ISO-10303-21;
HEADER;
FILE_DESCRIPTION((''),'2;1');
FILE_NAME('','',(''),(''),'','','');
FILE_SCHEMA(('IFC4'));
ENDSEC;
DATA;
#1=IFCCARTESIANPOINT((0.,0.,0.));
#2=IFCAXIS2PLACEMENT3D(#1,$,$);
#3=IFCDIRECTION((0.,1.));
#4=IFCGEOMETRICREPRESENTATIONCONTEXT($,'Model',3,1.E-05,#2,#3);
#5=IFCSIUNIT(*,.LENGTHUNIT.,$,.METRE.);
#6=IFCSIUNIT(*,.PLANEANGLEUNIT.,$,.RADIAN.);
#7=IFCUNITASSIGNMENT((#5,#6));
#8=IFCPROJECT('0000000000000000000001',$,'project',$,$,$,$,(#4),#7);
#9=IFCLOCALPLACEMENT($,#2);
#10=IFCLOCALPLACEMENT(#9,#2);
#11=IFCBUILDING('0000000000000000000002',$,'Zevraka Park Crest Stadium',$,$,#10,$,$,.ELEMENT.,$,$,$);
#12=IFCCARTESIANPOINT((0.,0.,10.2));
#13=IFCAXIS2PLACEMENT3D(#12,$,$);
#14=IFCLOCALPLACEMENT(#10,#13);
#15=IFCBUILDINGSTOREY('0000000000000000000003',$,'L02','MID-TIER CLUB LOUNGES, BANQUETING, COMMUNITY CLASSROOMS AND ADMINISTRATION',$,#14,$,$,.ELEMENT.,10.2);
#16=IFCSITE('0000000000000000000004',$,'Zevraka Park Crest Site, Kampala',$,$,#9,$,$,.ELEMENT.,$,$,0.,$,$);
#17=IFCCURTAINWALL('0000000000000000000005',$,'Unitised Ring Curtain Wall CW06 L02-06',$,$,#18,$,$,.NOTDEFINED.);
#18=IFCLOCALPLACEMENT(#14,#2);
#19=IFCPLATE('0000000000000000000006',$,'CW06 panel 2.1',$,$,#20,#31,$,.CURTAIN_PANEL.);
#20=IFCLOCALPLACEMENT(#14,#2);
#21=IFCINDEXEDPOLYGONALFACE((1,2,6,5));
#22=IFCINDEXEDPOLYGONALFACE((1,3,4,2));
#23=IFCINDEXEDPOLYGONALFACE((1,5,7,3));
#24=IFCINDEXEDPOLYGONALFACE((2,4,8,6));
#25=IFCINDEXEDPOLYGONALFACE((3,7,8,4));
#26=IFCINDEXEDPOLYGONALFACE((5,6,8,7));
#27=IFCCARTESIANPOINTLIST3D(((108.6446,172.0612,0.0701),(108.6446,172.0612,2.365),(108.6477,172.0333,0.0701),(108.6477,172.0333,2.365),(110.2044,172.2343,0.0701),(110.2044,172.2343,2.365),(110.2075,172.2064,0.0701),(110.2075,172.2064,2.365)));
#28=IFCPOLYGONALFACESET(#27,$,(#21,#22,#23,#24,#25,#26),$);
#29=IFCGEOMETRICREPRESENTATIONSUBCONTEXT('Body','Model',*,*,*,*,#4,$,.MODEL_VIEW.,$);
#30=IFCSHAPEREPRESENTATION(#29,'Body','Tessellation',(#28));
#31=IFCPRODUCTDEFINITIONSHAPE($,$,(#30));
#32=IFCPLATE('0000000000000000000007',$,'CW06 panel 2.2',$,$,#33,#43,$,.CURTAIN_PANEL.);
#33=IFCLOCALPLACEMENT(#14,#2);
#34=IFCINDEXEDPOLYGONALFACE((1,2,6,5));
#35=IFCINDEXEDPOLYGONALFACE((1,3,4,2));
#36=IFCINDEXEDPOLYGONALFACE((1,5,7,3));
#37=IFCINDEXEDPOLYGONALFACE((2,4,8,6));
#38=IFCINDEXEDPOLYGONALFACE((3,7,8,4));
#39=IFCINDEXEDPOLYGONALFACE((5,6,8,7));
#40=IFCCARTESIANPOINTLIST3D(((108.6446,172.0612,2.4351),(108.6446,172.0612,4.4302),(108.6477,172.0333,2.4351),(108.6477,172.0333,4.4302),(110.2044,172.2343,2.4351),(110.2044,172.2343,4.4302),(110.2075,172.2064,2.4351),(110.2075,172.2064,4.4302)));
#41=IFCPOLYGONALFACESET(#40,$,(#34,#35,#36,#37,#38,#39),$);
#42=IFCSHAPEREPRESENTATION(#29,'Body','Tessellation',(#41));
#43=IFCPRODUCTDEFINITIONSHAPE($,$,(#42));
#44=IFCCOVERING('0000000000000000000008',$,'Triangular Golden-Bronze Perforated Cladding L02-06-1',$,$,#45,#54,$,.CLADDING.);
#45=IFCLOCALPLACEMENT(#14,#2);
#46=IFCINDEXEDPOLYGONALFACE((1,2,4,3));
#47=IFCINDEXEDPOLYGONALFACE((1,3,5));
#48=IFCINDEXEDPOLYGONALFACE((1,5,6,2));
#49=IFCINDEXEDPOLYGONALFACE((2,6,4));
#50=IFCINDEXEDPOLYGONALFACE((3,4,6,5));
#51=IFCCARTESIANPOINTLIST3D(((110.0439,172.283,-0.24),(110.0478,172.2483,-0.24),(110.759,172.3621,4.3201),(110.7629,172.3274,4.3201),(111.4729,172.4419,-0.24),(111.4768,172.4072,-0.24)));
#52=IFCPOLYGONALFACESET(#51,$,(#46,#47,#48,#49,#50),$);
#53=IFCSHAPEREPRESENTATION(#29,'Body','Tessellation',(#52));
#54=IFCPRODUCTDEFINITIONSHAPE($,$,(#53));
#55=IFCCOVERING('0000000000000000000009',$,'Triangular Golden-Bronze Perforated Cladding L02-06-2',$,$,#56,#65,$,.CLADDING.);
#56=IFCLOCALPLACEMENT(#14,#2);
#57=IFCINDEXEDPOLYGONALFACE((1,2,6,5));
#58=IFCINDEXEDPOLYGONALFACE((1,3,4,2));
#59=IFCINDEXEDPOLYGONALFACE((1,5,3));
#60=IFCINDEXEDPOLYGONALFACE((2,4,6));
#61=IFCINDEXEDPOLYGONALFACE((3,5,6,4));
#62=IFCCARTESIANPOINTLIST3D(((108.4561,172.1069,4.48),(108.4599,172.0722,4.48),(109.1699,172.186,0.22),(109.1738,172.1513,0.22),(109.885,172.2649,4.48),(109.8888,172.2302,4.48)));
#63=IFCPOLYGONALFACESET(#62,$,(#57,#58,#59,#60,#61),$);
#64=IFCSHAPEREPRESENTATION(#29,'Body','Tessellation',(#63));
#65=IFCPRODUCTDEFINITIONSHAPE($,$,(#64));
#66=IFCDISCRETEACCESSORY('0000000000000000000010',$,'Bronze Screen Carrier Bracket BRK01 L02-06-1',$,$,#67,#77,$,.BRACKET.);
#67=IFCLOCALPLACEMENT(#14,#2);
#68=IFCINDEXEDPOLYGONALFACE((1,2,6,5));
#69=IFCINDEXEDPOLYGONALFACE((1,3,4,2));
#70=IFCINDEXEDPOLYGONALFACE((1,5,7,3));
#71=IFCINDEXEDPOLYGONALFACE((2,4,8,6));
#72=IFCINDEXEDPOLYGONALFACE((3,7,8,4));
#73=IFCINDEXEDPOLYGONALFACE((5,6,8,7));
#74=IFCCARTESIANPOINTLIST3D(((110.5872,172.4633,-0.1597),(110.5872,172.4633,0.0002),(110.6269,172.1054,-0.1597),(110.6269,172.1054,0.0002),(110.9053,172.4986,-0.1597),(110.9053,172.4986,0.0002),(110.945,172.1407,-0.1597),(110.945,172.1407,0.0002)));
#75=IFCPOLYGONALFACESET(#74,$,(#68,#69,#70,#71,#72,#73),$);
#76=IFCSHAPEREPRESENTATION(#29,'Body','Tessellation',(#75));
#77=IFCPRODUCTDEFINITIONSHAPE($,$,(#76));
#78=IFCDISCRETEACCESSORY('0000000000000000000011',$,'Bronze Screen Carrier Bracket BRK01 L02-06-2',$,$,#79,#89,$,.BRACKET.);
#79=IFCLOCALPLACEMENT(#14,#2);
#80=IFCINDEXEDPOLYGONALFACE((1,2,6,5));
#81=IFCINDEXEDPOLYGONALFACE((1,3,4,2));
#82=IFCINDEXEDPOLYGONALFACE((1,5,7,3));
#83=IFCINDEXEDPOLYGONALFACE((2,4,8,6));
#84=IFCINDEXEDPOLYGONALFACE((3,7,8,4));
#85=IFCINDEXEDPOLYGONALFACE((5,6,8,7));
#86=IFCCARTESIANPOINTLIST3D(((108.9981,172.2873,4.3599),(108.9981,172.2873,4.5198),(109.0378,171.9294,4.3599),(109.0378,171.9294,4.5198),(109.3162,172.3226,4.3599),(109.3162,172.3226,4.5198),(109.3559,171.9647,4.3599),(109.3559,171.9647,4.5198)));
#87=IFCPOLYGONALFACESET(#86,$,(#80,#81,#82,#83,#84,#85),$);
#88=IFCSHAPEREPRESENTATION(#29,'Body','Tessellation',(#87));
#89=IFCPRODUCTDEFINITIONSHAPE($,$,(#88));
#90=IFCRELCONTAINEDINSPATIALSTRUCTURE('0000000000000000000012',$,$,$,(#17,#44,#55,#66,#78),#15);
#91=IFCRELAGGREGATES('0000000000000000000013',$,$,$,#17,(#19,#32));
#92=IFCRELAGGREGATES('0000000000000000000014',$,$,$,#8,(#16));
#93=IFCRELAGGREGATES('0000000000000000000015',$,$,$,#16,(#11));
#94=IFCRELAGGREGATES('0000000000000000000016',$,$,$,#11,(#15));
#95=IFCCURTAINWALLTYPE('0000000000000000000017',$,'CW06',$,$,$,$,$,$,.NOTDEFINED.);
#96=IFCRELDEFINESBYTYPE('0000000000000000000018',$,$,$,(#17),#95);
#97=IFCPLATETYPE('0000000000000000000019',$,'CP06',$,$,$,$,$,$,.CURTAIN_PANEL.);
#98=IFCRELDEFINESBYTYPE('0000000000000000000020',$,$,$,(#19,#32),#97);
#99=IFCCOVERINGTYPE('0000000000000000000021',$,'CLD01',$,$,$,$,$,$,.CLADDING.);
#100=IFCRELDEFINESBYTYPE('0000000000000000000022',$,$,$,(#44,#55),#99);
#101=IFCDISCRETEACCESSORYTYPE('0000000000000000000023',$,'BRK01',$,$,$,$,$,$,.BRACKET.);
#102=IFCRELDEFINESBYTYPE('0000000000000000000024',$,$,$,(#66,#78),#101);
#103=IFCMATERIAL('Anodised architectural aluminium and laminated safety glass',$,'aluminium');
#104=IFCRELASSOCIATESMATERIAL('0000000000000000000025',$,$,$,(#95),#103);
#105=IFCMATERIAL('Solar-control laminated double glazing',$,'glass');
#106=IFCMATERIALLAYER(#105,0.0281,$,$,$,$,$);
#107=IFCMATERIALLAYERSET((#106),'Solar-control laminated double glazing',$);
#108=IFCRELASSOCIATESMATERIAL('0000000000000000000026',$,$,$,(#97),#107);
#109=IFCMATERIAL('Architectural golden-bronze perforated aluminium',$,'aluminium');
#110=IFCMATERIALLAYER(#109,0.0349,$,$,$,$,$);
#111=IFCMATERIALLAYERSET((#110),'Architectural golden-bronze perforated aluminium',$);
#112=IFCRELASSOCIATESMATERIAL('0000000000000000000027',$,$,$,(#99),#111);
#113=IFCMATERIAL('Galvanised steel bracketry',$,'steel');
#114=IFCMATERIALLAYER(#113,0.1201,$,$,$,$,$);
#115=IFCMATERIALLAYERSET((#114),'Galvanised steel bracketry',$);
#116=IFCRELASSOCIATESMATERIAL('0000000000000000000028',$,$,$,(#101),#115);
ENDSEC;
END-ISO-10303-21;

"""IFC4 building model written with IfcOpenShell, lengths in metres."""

from ifc_helpers import new_model, si_unit, direction, frame, origin, origin_2d, place, context, subcontext, project, spatial, polyline, rectangle, outline, extrude, material, layer, layer_set, type_object, element, aggregate, save


model = new_model("IFC4")

# Units and contexts
model_context = context("Model", 3, precision=1e-05, world=origin(), true_north=direction((0.0, 1.0)))
body_context = subcontext(model_context, "Body", "Model", "MODEL_VIEW")
ifc_project = project(units=[si_unit("LENGTHUNIT", "METRE"), si_unit("PLANEANGLEUNIT", "RADIAN")], contexts=[model_context])

# Site, building, storey
site_placement = place(None, origin())
site = spatial("IfcSite", under=ifc_project, at=site_placement, Name="Zevraka Park Crest Site, Kampala", CompositionType="ELEMENT", RefElevation=0.0)
building_placement = place(site_placement, origin())
building = spatial("IfcBuilding", under=site, at=building_placement, Name="Zevraka Park Crest Stadium", CompositionType="ELEMENT")
storey_placement = place(building_placement, frame((0.0, 0.0, 10.2)))
storey = spatial("IfcBuildingStorey", under=building, at=storey_placement, Name="L02", Description="MID-TIER CLUB LOUNGES, BANQUETING, COMMUNITY CLASSROOMS AND ADMINISTRATION", CompositionType="ELEMENT", Elevation=10.2)

# Curtain wall, plates
ifc_material_1 = material(Name="Anodised architectural aluminium and laminated safety glass", Category="aluminium")
curtain_wall_type = type_object("IfcCurtainWallType", Name="CW06", PredefinedType="NOTDEFINED", material=ifc_material_1)
curtain_wall_placement = place(storey_placement, origin())
curtain_wall = element("IfcCurtainWall", 1, at=curtain_wall_placement, inside=storey, type_object=curtain_wall_type, Name="Unitised Ring Curtain Wall CW06 L02-06", PredefinedType="NOTDEFINED")
ifc_material_2 = material(Name="Solar-control laminated double glazing", Category="glass")
ifc_layer_1 = layer(ifc_material_2, 0.0281)
ifc_layer_set_1 = layer_set([ifc_layer_1], Name="Solar-control laminated double glazing")
plate_type = type_object("IfcPlateType", Name="CP06", PredefinedType="CURTAIN_PANEL", material=ifc_layer_set_1)
plate_1_placement = place(storey_placement, frame((109.426, 172.1338, 0.0701), z_axis=(0.0, 0.0, 1.0), x_axis=(-0.993899, -0.110293, 0.0)))
plate_1 = element("IfcPlate", 2, at=plate_1_placement, type_object=plate_type, Name="CW06 panel 2.1", PredefinedType="CURTAIN_PANEL", context=body_context, shape_type="SweptSolid", body=[
    extrude(rectangle(XDim=1.5693, YDim=0.0281, at=origin_2d()), origin(), (0.0, 0.0, 1.0), 2.2949),
])
plate_2_placement = place(storey_placement, frame((109.426, 172.1338, 2.4351), z_axis=(0.0, 0.0, 1.0), x_axis=(-0.993899, -0.110293, 0.0)))
plate_2 = element("IfcPlate", 3, at=plate_2_placement, type_object=plate_type, Name="CW06 panel 2.2", PredefinedType="CURTAIN_PANEL", context=body_context, shape_type="SweptSolid", body=[
    extrude(rectangle(XDim=1.5693, YDim=0.0281, at=origin_2d()), origin(), (0.0, 0.0, 1.0), 1.9951),
])
aggregate(curtain_wall, [plate_1, plate_2])

# Coverings
ifc_material_3 = material(Name="Architectural golden-bronze perforated aluminium", Category="aluminium")
ifc_layer_2 = layer(ifc_material_3, 0.0349)
ifc_layer_set_2 = layer_set([ifc_layer_2], Name="Architectural golden-bronze perforated aluminium")
covering_type = type_object("IfcCoveringType", Name="CLD01", PredefinedType="CLADDING", material=ifc_layer_set_2)
covering_1_placement = place(storey_placement, frame((111.4729, 172.4419, -0.24), z_axis=(-0.110543, 0.993871, 0.000095), x_axis=(-0.993871, -0.110543, 0.0)))
element("IfcCovering", 4, at=covering_1_placement, inside=storey, type_object=covering_type, Name="Triangular Golden-Bronze Perforated Cladding L02-06-1", PredefinedType="CLADDING", context=body_context, shape_type="SweptSolid", body=[
    extrude(outline(polyline([(0.0, 0.0), (1.4378, 0.0), (0.7183, 4.5601), (0.0, 0.0)])), origin(), (0.0, 0.0, -1.0), 0.0349),
])
covering_2_placement = place(storey_placement, frame((108.4561, 172.1069, 4.48), z_axis=(-0.109872, 0.993946, 0.000044), x_axis=(0.993946, 0.109872, 0.0)))
element("IfcCovering", 5, at=covering_2_placement, inside=storey, type_object=covering_type, Name="Triangular Golden-Bronze Perforated Cladding L02-06-2", PredefinedType="CLADDING", context=body_context, shape_type="SweptSolid", body=[
    extrude(outline(polyline([(0.0, 0.0), (1.4377, 0.0), (0.7182, 4.26), (0.0, 0.0)])), origin(), (0.0, 0.0, -1.0), 0.0349),
])

# Discrete accessories
ifc_material_4 = material(Name="Galvanised steel bracketry", Category="steel")
ifc_layer_3 = layer(ifc_material_4, 0.1201)
ifc_layer_set_3 = layer_set([ifc_layer_3], Name="Galvanised steel bracketry")
discrete_accessory_type = type_object("IfcDiscreteAccessoryType", Name="BRK01", PredefinedType="BRACKET", material=ifc_layer_set_3)
for number, where, z_axis, x_axis, name in (
    (6, (110.7661, 172.302, -0.1597), (0.0, 0.0, 1.0), (-0.993903, -0.110255, 0.0), "Bronze Screen Carrier Bracket BRK01 L02-06-1"),
    (7, (109.177, 172.126, 4.3599), (0.0, 0.0, 1.0), (-0.993903, -0.110255, 0.0), "Bronze Screen Carrier Bracket BRK01 L02-06-2"),
):
    element("IfcDiscreteAccessory", number, at=place(storey_placement, frame(where, z_axis=z_axis, x_axis=x_axis)), inside=storey, type_object=discrete_accessory_type, Name=name, PredefinedType="BRACKET", context=body_context, shape_type="SweptSolid", body=[
        extrude(rectangle(XDim=0.3201, YDim=0.3601, at=origin_2d()), origin(), (0.0, 0.0, 1.0), 0.1599),
    ])

save(model, "model.ifc")
